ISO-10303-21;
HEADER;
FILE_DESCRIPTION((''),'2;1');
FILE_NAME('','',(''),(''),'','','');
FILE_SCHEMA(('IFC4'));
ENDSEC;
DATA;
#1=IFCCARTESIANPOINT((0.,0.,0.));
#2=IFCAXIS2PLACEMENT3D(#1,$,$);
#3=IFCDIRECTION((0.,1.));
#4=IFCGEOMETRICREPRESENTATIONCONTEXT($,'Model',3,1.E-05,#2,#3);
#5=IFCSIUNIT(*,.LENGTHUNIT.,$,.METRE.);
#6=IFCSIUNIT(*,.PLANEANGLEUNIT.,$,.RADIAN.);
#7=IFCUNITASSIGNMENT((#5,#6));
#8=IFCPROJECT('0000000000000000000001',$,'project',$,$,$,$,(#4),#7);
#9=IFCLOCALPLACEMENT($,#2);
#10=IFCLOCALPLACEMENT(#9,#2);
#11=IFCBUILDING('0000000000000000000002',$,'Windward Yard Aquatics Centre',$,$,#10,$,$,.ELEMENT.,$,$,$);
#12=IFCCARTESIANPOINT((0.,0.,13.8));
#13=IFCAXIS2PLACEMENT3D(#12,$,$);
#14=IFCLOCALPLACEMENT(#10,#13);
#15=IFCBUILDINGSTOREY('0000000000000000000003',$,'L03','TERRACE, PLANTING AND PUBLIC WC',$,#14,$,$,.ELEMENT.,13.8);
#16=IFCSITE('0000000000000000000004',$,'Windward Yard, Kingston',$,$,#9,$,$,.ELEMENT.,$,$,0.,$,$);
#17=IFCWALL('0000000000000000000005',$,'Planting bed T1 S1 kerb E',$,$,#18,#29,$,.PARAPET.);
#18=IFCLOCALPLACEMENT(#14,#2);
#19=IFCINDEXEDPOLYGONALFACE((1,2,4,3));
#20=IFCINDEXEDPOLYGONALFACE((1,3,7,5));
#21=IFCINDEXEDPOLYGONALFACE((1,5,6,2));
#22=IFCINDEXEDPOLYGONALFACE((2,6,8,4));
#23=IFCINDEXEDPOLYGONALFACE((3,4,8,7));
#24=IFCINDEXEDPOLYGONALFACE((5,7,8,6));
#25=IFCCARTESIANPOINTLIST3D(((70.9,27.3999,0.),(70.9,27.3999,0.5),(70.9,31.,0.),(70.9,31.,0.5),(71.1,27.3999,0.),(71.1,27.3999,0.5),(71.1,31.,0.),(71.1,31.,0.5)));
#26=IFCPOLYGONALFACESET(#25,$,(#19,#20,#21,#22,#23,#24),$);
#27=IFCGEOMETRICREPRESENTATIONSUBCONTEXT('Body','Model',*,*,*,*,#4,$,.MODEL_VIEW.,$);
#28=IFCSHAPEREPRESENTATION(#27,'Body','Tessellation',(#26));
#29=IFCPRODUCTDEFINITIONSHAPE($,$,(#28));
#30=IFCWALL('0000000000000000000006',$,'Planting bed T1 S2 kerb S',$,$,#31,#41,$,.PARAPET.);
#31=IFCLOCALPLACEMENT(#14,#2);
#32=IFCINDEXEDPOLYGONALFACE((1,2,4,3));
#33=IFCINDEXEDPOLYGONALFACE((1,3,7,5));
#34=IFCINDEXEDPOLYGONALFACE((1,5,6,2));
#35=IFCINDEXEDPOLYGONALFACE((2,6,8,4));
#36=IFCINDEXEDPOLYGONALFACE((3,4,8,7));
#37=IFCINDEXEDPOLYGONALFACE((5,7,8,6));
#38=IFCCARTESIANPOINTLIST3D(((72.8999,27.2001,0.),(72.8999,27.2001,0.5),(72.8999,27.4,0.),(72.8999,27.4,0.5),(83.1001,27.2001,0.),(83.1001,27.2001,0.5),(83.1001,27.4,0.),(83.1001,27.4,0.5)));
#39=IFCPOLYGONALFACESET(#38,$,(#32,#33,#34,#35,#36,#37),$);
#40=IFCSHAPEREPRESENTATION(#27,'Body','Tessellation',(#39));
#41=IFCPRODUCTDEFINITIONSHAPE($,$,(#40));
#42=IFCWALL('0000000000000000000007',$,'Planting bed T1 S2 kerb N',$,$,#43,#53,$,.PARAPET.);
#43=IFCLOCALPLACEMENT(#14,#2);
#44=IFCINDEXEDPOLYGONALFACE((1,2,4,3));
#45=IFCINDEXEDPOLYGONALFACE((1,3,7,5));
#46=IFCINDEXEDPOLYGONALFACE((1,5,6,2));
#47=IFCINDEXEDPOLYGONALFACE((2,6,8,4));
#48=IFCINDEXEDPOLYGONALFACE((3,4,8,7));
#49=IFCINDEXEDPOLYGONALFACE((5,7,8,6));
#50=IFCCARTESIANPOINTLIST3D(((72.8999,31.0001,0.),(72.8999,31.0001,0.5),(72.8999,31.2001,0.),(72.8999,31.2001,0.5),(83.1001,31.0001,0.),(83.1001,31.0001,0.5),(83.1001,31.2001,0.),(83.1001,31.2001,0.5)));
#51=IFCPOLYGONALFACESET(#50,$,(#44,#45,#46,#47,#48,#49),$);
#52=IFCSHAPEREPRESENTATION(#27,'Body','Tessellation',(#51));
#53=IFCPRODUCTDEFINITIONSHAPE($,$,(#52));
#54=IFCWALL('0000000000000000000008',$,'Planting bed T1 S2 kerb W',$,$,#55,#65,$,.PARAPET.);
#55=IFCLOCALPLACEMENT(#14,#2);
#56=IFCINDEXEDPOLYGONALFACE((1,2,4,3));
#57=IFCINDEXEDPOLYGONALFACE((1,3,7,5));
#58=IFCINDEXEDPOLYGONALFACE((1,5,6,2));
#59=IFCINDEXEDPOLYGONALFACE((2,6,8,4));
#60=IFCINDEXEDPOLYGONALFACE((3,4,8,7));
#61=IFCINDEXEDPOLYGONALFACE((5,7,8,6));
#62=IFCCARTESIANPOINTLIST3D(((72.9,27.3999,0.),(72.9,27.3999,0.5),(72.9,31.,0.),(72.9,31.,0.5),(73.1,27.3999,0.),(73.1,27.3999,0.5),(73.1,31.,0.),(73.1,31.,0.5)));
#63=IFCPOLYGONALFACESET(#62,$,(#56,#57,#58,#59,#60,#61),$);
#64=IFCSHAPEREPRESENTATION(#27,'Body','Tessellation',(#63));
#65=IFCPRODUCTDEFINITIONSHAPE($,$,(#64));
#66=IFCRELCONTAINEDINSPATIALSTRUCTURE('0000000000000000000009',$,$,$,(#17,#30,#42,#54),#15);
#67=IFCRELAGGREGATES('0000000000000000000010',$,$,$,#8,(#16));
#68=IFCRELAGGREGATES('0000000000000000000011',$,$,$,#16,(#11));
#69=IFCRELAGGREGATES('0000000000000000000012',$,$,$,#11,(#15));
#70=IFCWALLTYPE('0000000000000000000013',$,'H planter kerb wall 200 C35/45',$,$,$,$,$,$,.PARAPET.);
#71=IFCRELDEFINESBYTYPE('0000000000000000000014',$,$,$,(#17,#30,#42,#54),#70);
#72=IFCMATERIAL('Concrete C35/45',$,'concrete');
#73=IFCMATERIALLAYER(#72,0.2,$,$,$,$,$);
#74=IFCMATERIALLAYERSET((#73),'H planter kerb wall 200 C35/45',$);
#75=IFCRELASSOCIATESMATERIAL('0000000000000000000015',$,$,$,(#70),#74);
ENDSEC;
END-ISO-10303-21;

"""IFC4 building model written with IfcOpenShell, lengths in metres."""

from ifc_helpers import new_model, si_unit, direction, frame, frame_2d, origin, place, context, subcontext, project, spatial, rectangle, extrude, material, layer, layer_set, type_object, element, save


model = new_model("IFC4")

# Units and contexts
model_context = context("Model", 3, precision=1e-05, world=origin(), true_north=direction((0.0, 1.0)))
body_context = subcontext(model_context, "Body", "Model", "MODEL_VIEW")
ifc_project = project(units=[si_unit("LENGTHUNIT", "METRE"), si_unit("PLANEANGLEUNIT", "RADIAN")], contexts=[model_context])

# Site, building, storey
site_placement = place(None, origin())
site = spatial("IfcSite", under=ifc_project, at=site_placement, Name="Windward Yard, Kingston", CompositionType="ELEMENT", RefElevation=0.0)
building_placement = place(site_placement, origin())
building = spatial("IfcBuilding", under=site, at=building_placement, Name="Windward Yard Aquatics Centre", CompositionType="ELEMENT")
storey_placement = place(building_placement, frame((0.0, 0.0, 13.8)))
storey = spatial("IfcBuildingStorey", under=building, at=storey_placement, Name="L03", Description="TERRACE, PLANTING AND PUBLIC WC", CompositionType="ELEMENT", Elevation=13.8)

# Walls
ifc_material_1 = material(Name="Concrete C35/45", Category="concrete")
ifc_layer_1 = layer(ifc_material_1, 0.2)
ifc_layer_set_1 = layer_set([ifc_layer_1], Name="H planter kerb wall 200 C35/45")
wall_type = type_object("IfcWallType", Name="H planter kerb wall 200 C35/45", PredefinedType="PARAPET", material=ifc_layer_set_1)
for number, where, z_axis, x_axis, name in (
    (1, (71.0, 27.3999, 0.0), (0.0, 0.0, 1.0), (0.0, 1.0, 0.0), "Planting bed T1 S1 kerb E"),
):
    element("IfcWall", number, at=place(storey_placement, frame(where, z_axis=z_axis, x_axis=x_axis)), inside=storey, type_object=wall_type, Name=name, PredefinedType="PARAPET", context=body_context, shape_type="SweptSolid", body=[
        extrude(rectangle(XDim=3.6001, YDim=0.2, at=frame_2d((1.8, 0.0))), origin(), (0.0, 0.0, 1.0), 0.5),
    ])
for number, where, z_axis, x_axis, name in (
    (2, (72.8999, 27.3, 0.0), (0.0, 0.0, 1.0), (1.0, 0.0, 0.0), "Planting bed T1 S2 kerb S"),
    (3, (72.8999, 31.1001, 0.0), (0.0, 0.0, 1.0), (1.0, 0.0, 0.0), "Planting bed T1 S2 kerb N"),
):
    element("IfcWall", number, at=place(storey_placement, frame(where, z_axis=z_axis, x_axis=x_axis)), inside=storey, type_object=wall_type, Name=name, PredefinedType="PARAPET", context=body_context, shape_type="SweptSolid", body=[
        extrude(rectangle(XDim=10.2002, YDim=0.2, at=frame_2d((5.1001, 0.0))), origin(), (0.0, 0.0, 1.0), 0.5),
    ])
wall_placement = place(storey_placement, frame((73.0, 27.3999, 0.0), z_axis=(0.0, 0.0, 1.0), x_axis=(0.0, 1.0, 0.0)))
element("IfcWall", 4, at=wall_placement, inside=storey, type_object=wall_type, Name="Planting bed T1 S2 kerb W", PredefinedType="PARAPET", context=body_context, shape_type="SweptSolid", body=[
    extrude(rectangle(XDim=3.6001, YDim=0.2, at=frame_2d((1.8, 0.0))), origin(), (0.0, 0.0, 1.0), 0.5),
])

save(model, "model.ifc")
